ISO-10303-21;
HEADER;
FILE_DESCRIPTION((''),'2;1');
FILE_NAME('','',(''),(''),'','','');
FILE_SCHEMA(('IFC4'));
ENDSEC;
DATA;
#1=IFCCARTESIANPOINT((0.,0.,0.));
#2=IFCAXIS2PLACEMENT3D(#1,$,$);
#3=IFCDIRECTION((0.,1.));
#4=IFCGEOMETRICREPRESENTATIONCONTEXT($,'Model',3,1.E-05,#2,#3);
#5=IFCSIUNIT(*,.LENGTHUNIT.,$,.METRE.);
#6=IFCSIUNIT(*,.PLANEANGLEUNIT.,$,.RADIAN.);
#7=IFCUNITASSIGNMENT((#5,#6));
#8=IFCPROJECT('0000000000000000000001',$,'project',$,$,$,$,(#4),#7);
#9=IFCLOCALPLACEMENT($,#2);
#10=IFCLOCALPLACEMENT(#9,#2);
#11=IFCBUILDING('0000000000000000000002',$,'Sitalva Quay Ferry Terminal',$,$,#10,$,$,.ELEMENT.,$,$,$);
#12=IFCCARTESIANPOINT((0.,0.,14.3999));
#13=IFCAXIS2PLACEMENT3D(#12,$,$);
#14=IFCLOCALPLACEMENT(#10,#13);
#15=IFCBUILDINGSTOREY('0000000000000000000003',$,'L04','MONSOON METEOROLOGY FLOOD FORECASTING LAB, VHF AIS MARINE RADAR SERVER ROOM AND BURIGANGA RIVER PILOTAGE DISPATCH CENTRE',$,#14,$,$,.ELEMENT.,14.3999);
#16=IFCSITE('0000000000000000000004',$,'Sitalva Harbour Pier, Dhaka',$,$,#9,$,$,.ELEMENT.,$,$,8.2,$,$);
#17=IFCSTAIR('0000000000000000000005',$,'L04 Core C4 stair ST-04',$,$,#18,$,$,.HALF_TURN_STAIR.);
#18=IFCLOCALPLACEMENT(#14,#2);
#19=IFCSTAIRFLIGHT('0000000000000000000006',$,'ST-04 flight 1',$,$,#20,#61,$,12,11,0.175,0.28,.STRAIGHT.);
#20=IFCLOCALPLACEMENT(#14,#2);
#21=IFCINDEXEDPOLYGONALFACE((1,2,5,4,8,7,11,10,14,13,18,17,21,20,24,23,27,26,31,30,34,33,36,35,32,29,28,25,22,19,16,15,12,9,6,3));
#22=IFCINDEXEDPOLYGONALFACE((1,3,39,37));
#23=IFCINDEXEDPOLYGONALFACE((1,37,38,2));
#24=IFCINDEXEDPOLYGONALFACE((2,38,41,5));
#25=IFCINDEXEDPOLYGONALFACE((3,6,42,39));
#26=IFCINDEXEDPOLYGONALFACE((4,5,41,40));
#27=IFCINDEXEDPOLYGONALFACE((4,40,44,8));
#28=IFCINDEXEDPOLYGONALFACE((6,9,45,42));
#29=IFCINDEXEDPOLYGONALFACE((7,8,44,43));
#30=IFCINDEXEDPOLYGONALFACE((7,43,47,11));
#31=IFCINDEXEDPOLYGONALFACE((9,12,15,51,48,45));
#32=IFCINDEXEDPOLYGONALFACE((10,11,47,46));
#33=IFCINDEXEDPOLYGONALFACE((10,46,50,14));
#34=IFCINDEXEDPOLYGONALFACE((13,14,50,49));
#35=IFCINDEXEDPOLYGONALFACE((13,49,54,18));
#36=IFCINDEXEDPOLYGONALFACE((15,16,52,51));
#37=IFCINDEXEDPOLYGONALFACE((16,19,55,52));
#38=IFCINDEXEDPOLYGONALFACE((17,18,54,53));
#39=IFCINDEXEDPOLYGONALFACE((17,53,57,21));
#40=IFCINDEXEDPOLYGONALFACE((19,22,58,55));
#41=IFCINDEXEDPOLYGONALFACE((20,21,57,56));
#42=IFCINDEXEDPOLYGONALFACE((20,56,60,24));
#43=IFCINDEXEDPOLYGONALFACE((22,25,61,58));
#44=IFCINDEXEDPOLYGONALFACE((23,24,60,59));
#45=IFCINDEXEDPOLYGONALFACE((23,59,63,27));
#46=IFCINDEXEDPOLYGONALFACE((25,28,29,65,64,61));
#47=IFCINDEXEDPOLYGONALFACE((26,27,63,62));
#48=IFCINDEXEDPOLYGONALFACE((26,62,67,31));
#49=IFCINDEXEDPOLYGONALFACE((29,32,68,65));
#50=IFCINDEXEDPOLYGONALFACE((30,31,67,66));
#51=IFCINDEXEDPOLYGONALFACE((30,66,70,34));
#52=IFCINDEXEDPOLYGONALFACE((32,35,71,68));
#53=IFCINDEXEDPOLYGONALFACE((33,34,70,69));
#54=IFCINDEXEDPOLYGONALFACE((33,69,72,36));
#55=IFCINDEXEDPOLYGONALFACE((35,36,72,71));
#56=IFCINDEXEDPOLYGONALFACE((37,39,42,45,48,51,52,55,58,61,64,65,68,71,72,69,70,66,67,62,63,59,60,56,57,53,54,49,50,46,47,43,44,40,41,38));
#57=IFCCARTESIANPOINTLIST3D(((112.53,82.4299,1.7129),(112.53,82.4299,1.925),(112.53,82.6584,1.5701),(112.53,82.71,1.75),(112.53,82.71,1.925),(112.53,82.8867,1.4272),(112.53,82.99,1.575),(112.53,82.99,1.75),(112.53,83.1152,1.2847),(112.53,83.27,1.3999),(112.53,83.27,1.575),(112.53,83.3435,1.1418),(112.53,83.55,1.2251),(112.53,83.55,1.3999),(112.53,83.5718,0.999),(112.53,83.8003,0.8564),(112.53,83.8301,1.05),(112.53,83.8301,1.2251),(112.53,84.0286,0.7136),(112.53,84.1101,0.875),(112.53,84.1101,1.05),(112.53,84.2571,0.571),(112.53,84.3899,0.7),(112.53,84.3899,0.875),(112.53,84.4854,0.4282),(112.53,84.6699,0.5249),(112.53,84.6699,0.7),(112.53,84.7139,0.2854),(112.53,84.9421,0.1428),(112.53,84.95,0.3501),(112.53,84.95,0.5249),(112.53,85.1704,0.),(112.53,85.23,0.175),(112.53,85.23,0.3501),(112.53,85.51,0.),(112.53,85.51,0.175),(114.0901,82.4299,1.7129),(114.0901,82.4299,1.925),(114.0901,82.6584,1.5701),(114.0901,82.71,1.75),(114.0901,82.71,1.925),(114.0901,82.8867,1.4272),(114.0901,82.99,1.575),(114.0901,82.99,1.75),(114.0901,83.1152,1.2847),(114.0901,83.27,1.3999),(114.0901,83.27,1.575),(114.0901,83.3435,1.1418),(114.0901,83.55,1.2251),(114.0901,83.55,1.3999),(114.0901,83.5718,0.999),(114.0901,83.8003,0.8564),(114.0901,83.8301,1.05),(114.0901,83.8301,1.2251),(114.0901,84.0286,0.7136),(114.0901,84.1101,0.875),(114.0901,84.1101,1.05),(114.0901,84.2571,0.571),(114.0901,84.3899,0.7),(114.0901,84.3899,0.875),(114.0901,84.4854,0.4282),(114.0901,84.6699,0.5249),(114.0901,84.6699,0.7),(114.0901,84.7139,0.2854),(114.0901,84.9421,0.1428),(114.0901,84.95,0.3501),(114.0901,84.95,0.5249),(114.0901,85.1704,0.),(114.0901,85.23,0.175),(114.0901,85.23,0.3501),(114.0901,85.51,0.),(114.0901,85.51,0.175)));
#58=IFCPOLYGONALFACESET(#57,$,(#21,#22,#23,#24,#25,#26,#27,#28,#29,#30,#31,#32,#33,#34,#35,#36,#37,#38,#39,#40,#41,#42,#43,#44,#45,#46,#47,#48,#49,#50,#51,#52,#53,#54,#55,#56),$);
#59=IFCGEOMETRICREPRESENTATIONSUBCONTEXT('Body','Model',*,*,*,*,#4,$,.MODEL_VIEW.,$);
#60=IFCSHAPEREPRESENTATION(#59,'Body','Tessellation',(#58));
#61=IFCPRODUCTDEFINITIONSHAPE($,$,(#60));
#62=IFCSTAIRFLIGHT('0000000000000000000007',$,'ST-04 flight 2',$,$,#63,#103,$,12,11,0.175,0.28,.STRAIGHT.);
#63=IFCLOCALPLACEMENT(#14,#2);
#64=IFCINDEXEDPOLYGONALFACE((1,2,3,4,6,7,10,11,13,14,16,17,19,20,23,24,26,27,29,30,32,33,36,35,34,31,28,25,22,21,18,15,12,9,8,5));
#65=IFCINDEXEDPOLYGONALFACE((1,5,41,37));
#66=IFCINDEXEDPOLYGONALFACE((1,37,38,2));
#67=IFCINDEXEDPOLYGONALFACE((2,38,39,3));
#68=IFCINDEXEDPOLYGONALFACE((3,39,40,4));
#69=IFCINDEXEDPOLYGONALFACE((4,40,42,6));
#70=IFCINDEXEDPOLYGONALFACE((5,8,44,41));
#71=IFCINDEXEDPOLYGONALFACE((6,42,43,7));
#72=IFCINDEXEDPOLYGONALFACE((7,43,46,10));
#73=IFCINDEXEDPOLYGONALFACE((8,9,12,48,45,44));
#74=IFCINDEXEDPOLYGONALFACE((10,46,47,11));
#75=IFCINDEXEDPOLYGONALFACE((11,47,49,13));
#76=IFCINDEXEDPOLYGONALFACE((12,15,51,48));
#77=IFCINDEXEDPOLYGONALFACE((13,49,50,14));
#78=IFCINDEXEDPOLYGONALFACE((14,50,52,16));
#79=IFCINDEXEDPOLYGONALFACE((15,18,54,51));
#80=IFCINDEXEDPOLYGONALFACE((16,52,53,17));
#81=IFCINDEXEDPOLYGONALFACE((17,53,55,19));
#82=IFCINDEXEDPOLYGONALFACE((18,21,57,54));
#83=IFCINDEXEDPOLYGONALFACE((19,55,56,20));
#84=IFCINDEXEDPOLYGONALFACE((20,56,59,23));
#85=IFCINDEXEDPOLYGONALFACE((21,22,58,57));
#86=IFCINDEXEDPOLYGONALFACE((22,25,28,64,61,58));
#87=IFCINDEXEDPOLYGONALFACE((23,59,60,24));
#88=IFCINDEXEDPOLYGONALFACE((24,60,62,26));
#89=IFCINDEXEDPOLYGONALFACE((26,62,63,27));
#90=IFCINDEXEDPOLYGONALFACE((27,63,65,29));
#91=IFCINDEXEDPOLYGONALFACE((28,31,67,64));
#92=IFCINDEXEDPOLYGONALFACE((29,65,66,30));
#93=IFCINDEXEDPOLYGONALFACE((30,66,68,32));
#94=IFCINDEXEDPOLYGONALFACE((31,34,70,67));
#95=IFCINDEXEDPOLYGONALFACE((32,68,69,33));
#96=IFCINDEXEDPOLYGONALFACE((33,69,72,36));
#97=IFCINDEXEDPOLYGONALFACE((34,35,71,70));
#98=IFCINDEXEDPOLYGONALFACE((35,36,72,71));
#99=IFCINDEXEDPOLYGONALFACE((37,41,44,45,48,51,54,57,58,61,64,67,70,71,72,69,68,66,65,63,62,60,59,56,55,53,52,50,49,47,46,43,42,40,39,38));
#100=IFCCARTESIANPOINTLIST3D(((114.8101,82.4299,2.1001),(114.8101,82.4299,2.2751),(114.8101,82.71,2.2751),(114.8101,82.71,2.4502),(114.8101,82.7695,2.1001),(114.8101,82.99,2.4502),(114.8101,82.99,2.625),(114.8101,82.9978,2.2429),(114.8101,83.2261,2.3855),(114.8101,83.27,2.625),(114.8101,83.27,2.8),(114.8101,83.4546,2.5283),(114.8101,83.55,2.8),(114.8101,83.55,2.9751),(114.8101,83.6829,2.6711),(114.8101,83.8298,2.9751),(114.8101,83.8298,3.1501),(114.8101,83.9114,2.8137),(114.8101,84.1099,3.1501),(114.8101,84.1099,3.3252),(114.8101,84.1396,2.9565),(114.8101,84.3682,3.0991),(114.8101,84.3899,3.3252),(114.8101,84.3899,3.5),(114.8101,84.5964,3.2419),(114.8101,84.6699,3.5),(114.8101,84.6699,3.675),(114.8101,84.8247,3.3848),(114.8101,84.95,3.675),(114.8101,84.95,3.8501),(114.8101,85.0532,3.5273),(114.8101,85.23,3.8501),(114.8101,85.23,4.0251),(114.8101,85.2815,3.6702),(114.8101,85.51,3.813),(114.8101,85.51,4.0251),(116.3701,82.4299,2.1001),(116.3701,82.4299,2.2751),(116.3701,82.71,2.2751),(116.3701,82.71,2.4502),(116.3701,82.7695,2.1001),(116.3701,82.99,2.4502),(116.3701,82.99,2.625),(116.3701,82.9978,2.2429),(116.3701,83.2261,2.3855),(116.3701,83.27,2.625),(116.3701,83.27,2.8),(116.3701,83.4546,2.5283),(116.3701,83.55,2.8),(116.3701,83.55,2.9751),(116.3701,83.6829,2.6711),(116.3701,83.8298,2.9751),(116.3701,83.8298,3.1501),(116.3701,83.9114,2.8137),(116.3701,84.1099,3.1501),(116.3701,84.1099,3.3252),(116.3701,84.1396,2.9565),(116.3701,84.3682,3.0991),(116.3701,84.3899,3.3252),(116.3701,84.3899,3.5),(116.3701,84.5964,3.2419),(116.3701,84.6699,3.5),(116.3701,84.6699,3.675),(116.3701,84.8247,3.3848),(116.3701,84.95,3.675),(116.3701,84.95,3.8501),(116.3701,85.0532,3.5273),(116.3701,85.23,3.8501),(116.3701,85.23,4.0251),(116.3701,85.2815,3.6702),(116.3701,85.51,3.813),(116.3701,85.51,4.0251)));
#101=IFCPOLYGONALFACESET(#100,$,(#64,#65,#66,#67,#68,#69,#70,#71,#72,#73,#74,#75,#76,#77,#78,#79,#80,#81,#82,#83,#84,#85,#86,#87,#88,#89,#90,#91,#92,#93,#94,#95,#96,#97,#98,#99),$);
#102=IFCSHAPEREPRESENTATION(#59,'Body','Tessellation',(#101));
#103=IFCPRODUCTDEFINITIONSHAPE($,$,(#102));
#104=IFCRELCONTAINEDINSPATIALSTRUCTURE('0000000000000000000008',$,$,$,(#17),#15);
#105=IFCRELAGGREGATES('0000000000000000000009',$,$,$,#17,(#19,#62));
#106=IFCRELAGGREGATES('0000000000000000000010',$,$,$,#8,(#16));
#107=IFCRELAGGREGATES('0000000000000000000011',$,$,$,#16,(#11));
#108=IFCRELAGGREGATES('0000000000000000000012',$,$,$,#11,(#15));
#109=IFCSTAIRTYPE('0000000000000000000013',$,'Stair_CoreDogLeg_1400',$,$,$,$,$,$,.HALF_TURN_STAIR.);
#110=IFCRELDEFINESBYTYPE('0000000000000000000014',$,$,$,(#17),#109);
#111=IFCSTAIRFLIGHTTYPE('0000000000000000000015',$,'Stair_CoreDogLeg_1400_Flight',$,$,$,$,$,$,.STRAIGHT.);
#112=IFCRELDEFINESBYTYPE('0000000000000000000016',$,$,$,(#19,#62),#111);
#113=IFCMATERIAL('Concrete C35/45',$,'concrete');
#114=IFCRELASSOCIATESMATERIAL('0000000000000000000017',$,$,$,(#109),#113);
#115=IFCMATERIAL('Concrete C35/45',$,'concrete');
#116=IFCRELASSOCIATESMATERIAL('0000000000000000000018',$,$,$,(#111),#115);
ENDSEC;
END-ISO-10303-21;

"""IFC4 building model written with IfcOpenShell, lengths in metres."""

from ifc_helpers import new_model, si_unit, direction, frame, origin, place, context, subcontext, project, spatial, polyline, outline, extrude, material, type_object, element, aggregate, save


model = new_model("IFC4")

# Units and contexts
model_context = context("Model", 3, precision=1e-05, world=origin(), true_north=direction((0.0, 1.0)))
body_context = subcontext(model_context, "Body", "Model", "MODEL_VIEW")
ifc_project = project(units=[si_unit("LENGTHUNIT", "METRE"), si_unit("PLANEANGLEUNIT", "RADIAN")], contexts=[model_context])

# Site, building, storey
site_placement = place(None, origin())
site = spatial("IfcSite", under=ifc_project, at=site_placement, Name="Sitalva Harbour Pier, Dhaka", CompositionType="ELEMENT", RefElevation=8.2)
building_placement = place(site_placement, origin())
building = spatial("IfcBuilding", under=site, at=building_placement, Name="Sitalva Quay Ferry Terminal", CompositionType="ELEMENT")
storey_placement = place(building_placement, frame((0.0, 0.0, 14.3999)))
storey = spatial("IfcBuildingStorey", under=building, at=storey_placement, Name="L04", Description="MONSOON METEOROLOGY FLOOD FORECASTING LAB, VHF AIS MARINE RADAR SERVER ROOM AND BURIGANGA RIVER PILOTAGE DISPATCH CENTRE", CompositionType="ELEMENT", Elevation=14.3999)

# Stair, stair flights
ifc_material_1 = material(Name="Concrete C35/45", Category="concrete")
stair_type = type_object("IfcStairType", Name="Stair_CoreDogLeg_1400", PredefinedType="HALF_TURN_STAIR", material=ifc_material_1)
stair_placement = place(storey_placement, origin())
stair = element("IfcStair", 1, at=stair_placement, inside=storey, type_object=stair_type, Name="L04 Core C4 stair ST-04", PredefinedType="HALF_TURN_STAIR")
ifc_material_2 = material(Name="Concrete C35/45", Category="concrete")
stair_flight_type = type_object("IfcStairFlightType", Name="Stair_CoreDogLeg_1400_Flight", PredefinedType="STRAIGHT", material=ifc_material_2)
stair_flight_1_placement = place(storey_placement, frame((113.3101, 85.51, 0.0), z_axis=(0.0, 0.0, 1.0), x_axis=(0.0, -1.0, 0.0)))
stair_flight_1 = element("IfcStairFlight", 2, at=stair_flight_1_placement, type_object=stair_flight_type, Name="ST-04 flight 1", NumberOfRisers=12, NumberOfTreads=11, PredefinedType="STRAIGHT", RiserHeight=0.175, TreadLength=0.28, context=body_context, shape_type="SweptSolid", body=[
    extrude(outline(polyline([(0.0, 0.0), (0.0, 0.175), (0.28, 0.175), (0.28, 0.3501), (0.5601, 0.3501), (0.5601, 0.5249), (0.8401, 0.5249), (0.8401, 0.7), (1.1201, 0.7), (1.1201, 0.875), (1.3999, 0.875), (1.3999, 1.05), (1.6799, 1.05), (1.6799, 1.2251), (1.96, 1.2251), (1.96, 1.3999), (2.24, 1.3999), (2.24, 1.575), (2.52, 1.575), (2.52, 1.75), (2.8, 1.75), (2.8, 1.925), (3.0801, 1.925), (3.0801, 2.1001), (3.0801, 1.7129), (2.8516, 1.5701), (2.6233, 1.4272), (2.3948, 1.2847), (2.1665, 1.1418), (1.9382, 0.999), (1.7097, 0.8564), (1.4814, 0.7136), (1.2529, 0.571), (1.0247, 0.4282), (0.7961, 0.2854), (0.5679, 0.1428), (0.3396, 0.0), (0.0, 0.0)])), frame((0.0, 0.78, 0.0), z_axis=(0.0, -1.0, 0.0), x_axis=(1.0, 0.0, 0.0)), (0.0, 0.0, 1.0), 1.5601),
])
stair_flight_2_placement = place(storey_placement, frame((115.5901, 82.4299, 2.1001), z_axis=(0.0, 0.0, 1.0), x_axis=(0.0, 1.0, 0.0)))
stair_flight_2 = element("IfcStairFlight", 3, at=stair_flight_2_placement, type_object=stair_flight_type, Name="ST-04 flight 2", NumberOfRisers=12, NumberOfTreads=11, PredefinedType="STRAIGHT", RiserHeight=0.175, TreadLength=0.28, context=body_context, shape_type="SweptSolid", body=[
    extrude(outline(polyline([(0.0, 0.0), (0.0, 0.175), (0.28, 0.175), (0.28, 0.3501), (0.5601, 0.3501), (0.5601, 0.5249), (0.8401, 0.5249), (0.8401, 0.7), (1.1201, 0.7), (1.1201, 0.875), (1.3999, 0.875), (1.3999, 1.05), (1.6799, 1.05), (1.6799, 1.2251), (1.96, 1.2251), (1.96, 1.3999), (2.24, 1.3999), (2.24, 1.575), (2.52, 1.575), (2.52, 1.75), (2.8, 1.75), (2.8, 1.925), (3.0801, 1.925), (3.0801, 2.1001), (3.0801, 1.7129), (2.8516, 1.5701), (2.6233, 1.4272), (2.3948, 1.2847), (2.1665, 1.1418), (1.9382, 0.999), (1.7097, 0.8564), (1.4814, 0.7136), (1.2529, 0.571), (1.0247, 0.4282), (0.7961, 0.2854), (0.5679, 0.1428), (0.3396, 0.0), (0.0, 0.0)])), frame((0.0, 0.78, 0.0), z_axis=(0.0, -1.0, 0.0), x_axis=(1.0, 0.0, 0.0)), (0.0, 0.0, 1.0), 1.5601),
])
aggregate(stair, [stair_flight_1, stair_flight_2])

save(model, "model.ifc")
